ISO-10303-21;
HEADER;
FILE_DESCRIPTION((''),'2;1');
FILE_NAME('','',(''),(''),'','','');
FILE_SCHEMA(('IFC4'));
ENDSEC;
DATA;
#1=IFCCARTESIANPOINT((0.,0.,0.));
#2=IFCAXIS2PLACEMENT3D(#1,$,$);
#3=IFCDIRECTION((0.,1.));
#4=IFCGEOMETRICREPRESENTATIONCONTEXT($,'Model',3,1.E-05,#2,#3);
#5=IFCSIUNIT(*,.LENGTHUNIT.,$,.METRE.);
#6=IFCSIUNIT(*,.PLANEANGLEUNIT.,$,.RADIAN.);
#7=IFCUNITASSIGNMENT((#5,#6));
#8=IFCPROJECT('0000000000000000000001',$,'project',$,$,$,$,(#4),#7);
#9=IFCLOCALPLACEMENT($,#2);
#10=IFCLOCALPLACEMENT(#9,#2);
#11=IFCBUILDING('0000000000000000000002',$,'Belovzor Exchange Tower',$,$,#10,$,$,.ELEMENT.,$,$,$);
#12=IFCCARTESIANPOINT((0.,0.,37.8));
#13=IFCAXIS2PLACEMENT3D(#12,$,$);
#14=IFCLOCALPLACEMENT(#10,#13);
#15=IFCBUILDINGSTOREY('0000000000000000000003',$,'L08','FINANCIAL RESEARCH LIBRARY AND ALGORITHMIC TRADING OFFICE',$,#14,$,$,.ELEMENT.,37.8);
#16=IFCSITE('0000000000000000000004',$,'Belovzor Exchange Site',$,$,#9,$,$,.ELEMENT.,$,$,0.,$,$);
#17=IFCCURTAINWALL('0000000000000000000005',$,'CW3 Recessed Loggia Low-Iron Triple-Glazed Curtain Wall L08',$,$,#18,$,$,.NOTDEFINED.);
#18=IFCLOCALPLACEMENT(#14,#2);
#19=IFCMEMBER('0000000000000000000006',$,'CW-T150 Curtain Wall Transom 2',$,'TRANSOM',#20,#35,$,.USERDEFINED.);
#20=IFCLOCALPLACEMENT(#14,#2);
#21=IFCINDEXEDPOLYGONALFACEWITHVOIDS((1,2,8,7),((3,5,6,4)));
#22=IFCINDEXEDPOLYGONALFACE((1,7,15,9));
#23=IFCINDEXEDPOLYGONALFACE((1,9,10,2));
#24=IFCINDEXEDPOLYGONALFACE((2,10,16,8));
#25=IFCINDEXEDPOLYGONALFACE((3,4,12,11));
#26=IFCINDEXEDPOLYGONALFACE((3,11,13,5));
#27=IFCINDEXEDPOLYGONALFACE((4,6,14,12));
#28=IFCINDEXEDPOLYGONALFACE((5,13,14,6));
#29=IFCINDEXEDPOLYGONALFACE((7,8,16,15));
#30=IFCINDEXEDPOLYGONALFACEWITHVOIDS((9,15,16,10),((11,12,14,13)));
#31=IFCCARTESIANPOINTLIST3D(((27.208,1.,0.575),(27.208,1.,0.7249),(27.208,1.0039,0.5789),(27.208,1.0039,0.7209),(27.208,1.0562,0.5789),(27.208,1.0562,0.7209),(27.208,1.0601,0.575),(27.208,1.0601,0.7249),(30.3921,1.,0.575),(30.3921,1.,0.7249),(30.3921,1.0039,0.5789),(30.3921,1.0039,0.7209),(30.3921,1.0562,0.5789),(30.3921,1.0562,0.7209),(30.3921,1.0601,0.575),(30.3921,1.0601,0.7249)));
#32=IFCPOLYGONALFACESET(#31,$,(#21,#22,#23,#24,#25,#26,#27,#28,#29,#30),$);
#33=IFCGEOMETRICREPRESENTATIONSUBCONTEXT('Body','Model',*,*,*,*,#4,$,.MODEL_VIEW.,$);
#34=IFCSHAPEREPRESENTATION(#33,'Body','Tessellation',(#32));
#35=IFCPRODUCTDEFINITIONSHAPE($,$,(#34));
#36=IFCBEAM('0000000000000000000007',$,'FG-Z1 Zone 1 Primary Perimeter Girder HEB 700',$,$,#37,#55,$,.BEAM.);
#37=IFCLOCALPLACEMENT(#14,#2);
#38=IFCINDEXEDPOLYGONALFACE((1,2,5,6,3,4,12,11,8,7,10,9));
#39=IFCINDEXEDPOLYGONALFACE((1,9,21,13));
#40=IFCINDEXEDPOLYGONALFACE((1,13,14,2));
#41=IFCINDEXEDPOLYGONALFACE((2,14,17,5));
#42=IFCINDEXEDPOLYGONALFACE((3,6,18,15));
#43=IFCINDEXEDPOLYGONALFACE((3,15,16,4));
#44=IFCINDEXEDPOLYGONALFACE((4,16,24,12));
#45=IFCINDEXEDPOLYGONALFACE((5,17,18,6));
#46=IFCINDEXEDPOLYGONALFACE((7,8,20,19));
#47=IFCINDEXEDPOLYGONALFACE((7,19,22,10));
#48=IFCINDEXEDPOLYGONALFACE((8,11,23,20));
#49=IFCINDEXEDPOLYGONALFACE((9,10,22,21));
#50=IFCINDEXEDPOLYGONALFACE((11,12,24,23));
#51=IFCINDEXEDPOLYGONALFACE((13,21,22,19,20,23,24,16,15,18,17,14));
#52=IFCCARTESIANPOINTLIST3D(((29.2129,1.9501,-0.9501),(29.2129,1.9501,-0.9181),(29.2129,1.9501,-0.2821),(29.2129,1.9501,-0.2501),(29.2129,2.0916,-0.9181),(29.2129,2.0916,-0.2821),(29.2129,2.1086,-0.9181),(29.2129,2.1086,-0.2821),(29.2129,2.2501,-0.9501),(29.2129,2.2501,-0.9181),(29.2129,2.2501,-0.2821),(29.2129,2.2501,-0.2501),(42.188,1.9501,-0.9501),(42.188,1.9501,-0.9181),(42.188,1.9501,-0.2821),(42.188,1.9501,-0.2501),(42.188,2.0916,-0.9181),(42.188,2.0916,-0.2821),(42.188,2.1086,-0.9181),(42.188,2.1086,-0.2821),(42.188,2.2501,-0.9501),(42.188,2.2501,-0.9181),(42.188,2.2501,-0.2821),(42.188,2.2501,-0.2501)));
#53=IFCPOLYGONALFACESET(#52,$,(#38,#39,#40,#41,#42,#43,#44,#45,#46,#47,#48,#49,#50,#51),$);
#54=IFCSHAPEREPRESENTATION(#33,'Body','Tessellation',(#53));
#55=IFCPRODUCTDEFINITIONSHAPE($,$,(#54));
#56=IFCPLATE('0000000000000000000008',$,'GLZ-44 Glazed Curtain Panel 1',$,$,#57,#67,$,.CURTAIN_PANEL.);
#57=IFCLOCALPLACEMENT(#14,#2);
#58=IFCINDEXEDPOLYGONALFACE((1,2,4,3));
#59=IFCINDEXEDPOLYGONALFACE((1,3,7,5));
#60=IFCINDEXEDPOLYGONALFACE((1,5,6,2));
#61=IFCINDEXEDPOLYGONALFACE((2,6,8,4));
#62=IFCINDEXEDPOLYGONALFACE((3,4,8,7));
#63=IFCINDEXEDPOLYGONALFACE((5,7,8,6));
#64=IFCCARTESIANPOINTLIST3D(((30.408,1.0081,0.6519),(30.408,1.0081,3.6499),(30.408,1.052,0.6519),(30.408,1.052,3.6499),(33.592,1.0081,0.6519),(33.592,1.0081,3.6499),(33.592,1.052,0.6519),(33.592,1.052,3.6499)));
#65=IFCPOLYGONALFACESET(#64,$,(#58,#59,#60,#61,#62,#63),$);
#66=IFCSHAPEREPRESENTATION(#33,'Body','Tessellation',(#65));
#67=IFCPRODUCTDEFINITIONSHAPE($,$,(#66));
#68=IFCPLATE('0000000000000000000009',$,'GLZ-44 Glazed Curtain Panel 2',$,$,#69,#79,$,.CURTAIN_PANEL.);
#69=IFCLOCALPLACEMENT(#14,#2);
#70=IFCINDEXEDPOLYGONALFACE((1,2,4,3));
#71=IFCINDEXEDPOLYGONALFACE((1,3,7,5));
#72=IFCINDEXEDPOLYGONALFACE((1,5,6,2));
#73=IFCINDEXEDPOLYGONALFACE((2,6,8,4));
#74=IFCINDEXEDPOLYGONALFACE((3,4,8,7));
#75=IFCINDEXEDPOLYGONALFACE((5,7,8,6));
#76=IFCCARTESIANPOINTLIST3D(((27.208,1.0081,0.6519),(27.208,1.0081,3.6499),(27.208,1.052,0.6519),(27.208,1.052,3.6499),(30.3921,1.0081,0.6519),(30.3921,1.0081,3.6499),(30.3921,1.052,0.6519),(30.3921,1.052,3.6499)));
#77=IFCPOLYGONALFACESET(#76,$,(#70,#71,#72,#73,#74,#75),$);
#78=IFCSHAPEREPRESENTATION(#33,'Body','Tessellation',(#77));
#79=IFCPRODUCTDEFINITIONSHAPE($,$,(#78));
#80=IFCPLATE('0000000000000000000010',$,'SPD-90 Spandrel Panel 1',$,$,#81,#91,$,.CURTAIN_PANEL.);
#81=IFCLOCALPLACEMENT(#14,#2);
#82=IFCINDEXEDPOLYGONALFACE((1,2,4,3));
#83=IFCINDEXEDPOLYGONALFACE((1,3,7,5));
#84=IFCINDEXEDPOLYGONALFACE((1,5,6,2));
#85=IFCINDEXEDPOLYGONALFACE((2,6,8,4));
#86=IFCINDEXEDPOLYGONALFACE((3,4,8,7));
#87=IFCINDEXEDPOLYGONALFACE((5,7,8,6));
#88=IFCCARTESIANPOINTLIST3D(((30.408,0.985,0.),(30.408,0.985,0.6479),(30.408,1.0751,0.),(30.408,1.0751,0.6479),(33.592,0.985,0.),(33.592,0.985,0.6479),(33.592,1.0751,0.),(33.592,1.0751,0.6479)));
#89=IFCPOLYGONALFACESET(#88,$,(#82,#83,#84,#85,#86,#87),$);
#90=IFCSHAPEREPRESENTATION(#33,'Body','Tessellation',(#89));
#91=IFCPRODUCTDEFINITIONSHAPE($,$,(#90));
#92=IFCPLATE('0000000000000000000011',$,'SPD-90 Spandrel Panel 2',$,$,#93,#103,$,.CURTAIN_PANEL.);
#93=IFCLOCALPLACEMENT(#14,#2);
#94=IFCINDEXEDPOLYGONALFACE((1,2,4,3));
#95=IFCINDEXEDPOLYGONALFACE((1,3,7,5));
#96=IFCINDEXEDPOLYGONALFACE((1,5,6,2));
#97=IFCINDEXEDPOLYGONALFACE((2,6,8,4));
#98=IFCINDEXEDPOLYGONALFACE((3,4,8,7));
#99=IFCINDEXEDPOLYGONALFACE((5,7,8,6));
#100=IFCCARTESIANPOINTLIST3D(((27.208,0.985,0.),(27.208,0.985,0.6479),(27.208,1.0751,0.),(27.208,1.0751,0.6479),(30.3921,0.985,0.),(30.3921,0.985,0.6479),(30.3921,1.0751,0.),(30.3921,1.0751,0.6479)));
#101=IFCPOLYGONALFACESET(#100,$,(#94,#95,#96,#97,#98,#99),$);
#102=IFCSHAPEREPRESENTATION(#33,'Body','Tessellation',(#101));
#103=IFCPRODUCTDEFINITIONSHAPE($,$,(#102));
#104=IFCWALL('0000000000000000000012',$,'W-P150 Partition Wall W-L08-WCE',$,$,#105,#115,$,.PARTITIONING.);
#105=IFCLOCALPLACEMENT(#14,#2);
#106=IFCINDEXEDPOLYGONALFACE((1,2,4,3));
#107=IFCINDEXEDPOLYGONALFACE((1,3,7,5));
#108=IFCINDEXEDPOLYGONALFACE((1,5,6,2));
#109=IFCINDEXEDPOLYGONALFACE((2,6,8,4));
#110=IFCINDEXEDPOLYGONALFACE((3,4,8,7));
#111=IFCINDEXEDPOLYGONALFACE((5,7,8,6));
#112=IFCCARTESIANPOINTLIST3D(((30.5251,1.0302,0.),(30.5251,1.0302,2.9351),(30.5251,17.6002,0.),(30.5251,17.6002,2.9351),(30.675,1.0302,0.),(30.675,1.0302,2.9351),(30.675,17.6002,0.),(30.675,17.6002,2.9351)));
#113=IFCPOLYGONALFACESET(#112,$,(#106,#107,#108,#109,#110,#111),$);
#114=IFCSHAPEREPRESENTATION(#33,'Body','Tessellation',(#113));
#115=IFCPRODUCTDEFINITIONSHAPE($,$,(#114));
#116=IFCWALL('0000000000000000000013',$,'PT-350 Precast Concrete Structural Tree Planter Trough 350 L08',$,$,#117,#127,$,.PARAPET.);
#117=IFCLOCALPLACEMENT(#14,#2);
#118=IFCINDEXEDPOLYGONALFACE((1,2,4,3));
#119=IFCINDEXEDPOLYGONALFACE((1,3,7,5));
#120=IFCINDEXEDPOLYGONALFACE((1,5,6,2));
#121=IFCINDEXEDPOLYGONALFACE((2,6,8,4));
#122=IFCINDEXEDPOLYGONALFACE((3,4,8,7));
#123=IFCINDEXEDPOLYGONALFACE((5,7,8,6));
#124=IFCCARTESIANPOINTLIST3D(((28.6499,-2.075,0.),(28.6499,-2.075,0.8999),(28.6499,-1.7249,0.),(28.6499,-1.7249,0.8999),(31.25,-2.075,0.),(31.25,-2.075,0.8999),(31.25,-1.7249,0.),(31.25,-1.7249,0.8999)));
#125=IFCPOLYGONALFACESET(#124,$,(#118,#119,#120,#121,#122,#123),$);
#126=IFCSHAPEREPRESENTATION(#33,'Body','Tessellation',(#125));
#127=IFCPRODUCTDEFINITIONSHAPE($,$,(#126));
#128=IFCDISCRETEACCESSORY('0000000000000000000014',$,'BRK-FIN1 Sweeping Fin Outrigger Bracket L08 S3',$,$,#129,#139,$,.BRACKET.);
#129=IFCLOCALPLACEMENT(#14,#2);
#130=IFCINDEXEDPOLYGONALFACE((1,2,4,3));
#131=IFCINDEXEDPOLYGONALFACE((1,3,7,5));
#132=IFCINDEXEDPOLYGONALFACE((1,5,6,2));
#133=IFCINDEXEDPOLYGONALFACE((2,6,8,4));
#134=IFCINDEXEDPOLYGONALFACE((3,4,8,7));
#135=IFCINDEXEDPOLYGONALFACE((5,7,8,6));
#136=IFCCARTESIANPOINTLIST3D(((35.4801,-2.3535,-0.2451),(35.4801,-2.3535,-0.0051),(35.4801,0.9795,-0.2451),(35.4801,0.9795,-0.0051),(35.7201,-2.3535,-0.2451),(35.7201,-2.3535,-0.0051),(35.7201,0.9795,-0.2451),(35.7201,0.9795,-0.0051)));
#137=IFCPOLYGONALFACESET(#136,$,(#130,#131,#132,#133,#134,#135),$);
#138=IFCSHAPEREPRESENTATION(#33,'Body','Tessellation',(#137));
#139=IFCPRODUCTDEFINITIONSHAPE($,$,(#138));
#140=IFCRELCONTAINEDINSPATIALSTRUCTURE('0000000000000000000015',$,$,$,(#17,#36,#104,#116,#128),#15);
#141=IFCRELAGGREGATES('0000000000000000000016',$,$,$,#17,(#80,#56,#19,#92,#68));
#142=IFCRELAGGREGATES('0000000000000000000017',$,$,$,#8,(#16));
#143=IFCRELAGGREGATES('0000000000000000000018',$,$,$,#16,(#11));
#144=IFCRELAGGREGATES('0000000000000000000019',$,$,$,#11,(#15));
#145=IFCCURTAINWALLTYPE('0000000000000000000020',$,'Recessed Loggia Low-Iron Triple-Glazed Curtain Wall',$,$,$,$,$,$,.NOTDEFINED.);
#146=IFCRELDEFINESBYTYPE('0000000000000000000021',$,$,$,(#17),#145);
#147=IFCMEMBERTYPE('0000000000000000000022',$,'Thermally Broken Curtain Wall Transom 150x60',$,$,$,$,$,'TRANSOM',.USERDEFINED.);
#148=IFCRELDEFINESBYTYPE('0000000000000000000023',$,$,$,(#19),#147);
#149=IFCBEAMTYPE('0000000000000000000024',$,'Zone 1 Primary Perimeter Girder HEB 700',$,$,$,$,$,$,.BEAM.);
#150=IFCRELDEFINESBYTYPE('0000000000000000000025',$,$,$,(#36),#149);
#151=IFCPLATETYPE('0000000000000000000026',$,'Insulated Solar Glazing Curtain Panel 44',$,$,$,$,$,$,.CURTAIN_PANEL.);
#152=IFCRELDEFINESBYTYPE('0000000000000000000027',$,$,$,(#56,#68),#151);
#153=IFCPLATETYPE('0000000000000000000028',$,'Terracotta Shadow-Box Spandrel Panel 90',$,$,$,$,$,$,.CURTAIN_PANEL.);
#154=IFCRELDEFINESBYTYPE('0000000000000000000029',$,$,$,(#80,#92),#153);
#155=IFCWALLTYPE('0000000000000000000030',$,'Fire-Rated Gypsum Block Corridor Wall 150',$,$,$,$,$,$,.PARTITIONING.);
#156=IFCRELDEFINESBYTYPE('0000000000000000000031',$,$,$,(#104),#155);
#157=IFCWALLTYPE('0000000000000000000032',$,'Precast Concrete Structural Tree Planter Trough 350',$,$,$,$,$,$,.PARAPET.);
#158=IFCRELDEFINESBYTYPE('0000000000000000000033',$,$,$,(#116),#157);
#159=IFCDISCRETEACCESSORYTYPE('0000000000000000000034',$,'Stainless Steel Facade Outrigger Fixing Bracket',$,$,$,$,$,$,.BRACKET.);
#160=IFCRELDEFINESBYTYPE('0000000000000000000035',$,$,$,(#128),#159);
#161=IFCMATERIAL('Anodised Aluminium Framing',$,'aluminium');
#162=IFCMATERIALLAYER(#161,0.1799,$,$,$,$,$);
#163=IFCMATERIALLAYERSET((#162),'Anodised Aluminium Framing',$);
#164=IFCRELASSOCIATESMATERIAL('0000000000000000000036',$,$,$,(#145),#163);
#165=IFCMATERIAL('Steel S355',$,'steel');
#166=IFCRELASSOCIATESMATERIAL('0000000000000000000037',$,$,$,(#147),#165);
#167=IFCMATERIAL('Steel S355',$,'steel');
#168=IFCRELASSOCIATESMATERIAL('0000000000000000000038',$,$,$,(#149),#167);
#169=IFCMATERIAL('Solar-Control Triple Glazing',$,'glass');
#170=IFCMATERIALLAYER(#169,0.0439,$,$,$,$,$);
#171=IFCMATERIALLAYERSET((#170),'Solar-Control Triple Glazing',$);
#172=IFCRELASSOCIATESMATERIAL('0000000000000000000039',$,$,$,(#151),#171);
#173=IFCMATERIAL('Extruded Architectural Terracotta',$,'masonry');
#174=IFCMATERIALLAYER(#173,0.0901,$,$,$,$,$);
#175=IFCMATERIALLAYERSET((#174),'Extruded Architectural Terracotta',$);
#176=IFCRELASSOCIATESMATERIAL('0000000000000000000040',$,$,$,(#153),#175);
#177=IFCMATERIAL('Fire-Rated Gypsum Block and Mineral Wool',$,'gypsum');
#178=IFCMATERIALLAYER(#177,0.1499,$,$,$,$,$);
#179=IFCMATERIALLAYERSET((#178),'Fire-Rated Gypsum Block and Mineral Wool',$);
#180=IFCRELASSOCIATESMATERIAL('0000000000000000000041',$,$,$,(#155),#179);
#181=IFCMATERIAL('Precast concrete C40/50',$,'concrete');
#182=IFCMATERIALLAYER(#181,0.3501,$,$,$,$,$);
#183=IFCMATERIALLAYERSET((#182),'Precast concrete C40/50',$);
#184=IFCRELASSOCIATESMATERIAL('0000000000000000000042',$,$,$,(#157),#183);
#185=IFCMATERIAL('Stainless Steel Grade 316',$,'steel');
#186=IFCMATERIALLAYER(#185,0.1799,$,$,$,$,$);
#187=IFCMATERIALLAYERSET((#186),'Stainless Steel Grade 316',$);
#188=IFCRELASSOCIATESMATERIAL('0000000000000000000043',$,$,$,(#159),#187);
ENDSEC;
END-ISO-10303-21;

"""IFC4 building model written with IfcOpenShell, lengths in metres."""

from ifc_helpers import new_model, si_unit, direction, frame, frame_2d, origin, origin_2d, place, context, subcontext, project, spatial, rectangle, hollow_rectangle, i_section, extrude, material, layer, layer_set, material_profile, profile_set, type_object, element, aggregate, save


model = new_model("IFC4")

# Units and contexts
model_context = context("Model", 3, precision=1e-05, world=origin(), true_north=direction((0.0, 1.0)))
body_context = subcontext(model_context, "Body", "Model", "MODEL_VIEW")
ifc_project = project(units=[si_unit("LENGTHUNIT", "METRE"), si_unit("PLANEANGLEUNIT", "RADIAN")], contexts=[model_context])

# Site, building, storey
site_placement = place(None, origin())
site = spatial("IfcSite", under=ifc_project, at=site_placement, Name="Belovzor Exchange Site", CompositionType="ELEMENT", RefElevation=0.0)
building_placement = place(site_placement, origin())
building = spatial("IfcBuilding", under=site, at=building_placement, Name="Belovzor Exchange Tower", CompositionType="ELEMENT")
storey_placement = place(building_placement, frame((0.0, 0.0, 37.8)))
storey = spatial("IfcBuildingStorey", under=building, at=storey_placement, Name="L08", Description="FINANCIAL RESEARCH LIBRARY AND ALGORITHMIC TRADING OFFICE", CompositionType="ELEMENT", Elevation=37.8)

# Curtain wall, member
ifc_material_1 = material(Name="Anodised Aluminium Framing", Category="aluminium")
ifc_layer_1 = layer(ifc_material_1, 0.1799)
ifc_layer_set_1 = layer_set([ifc_layer_1], Name="Anodised Aluminium Framing")
curtain_wall_type = type_object("IfcCurtainWallType", Name="Recessed Loggia Low-Iron Triple-Glazed Curtain Wall", PredefinedType="NOTDEFINED", material=ifc_layer_set_1)
curtain_wall_placement = place(storey_placement, origin())
curtain_wall = element("IfcCurtainWall", 1, at=curtain_wall_placement, inside=storey, type_object=curtain_wall_type, Name="CW3 Recessed Loggia Low-Iron Triple-Glazed Curtain Wall L08", PredefinedType="NOTDEFINED")
ifc_material_2 = material(Name="Steel S355", Category="steel")
ifc_material_profile_1 = material_profile(ifc_material_2, hollow_rectangle(XDim=0.0601, YDim=0.1499, WallThickness=0.0039, at=origin_2d()))
ifc_profile_set_1 = profile_set([ifc_material_profile_1], Name="Steel S355")
member_type_1 = type_object("IfcMemberType", Name="Thermally Broken Curtain Wall Transom 150x60", ElementType="TRANSOM", PredefinedType="USERDEFINED", material=ifc_profile_set_1)
member_1_placement = place(storey_placement, frame((30.3921, 1.03, 0.6499), z_axis=(-1.0, 0.0, 0.0), x_axis=(0.0, -1.0, 0.0)))
member_1 = element("IfcMember", 2, at=member_1_placement, type_object=member_type_1, Name="CW-T150 Curtain Wall Transom 2", ObjectType="TRANSOM", PredefinedType="USERDEFINED", context=body_context, shape_type="SweptSolid", body=[
    extrude(hollow_rectangle(XDim=0.0601, YDim=0.1499, WallThickness=0.0039, at=origin_2d()), origin(), (0.0, 0.0, 1.0), 3.1841),
])

# Beam
ifc_material_3 = material(Name="Steel S355", Category="steel")
ifc_material_profile_2 = material_profile(ifc_material_3, i_section(OverallWidth=0.3, OverallDepth=0.7, WebThickness=0.0171, FlangeThickness=0.032, at=origin_2d()))
ifc_profile_set_2 = profile_set([ifc_material_profile_2], Name="Steel S355")
beam_type_1 = type_object("IfcBeamType", Name="Zone 1 Primary Perimeter Girder HEB 700", PredefinedType="BEAM", material=ifc_profile_set_2)
beam_1_placement = place(storey_placement, frame((29.2129, 2.1001, -0.6001), z_axis=(1.0, 0.0, 0.0), x_axis=(0.0, 1.0, 0.0)))
element("IfcBeam", 3, at=beam_1_placement, inside=storey, type_object=beam_type_1, Name="FG-Z1 Zone 1 Primary Perimeter Girder HEB 700", PredefinedType="BEAM", context=body_context, shape_type="SweptSolid", body=[
    extrude(i_section(OverallWidth=0.3, OverallDepth=0.7, WebThickness=0.0171, FlangeThickness=0.032, at=origin_2d()), origin(), (0.0, 0.0, 1.0), 12.9751),
])

# Plates
ifc_material_4 = material(Name="Solar-Control Triple Glazing", Category="glass")
ifc_layer_2 = layer(ifc_material_4, 0.0439)
ifc_layer_set_2 = layer_set([ifc_layer_2], Name="Solar-Control Triple Glazing")
plate_type_1 = type_object("IfcPlateType", Name="Insulated Solar Glazing Curtain Panel 44", PredefinedType="CURTAIN_PANEL", material=ifc_layer_set_2)
plate_1_placement = place(storey_placement, frame((32.0, 1.03, 0.6519), z_axis=(0.0, 0.0, 1.0), x_axis=(-1.0, 0.0, 0.0)))
plate_1 = element("IfcPlate", 4, at=plate_1_placement, type_object=plate_type_1, Name="GLZ-44 Glazed Curtain Panel 1", PredefinedType="CURTAIN_PANEL", context=body_context, shape_type="SweptSolid", body=[
    extrude(rectangle(XDim=3.1841, YDim=0.0439, at=origin_2d()), origin(), (0.0, 0.0, 1.0), 2.998),
])
plate_2_placement = place(storey_placement, frame((28.8, 1.03, 0.6519), z_axis=(0.0, 0.0, 1.0), x_axis=(-1.0, 0.0, 0.0)))
plate_2 = element("IfcPlate", 5, at=plate_2_placement, type_object=plate_type_1, Name="GLZ-44 Glazed Curtain Panel 2", PredefinedType="CURTAIN_PANEL", context=body_context, shape_type="SweptSolid", body=[
    extrude(rectangle(XDim=3.1841, YDim=0.0439, at=origin_2d()), origin(), (0.0, 0.0, 1.0), 2.998),
])
ifc_material_5 = material(Name="Extruded Architectural Terracotta", Category="masonry")
ifc_layer_3 = layer(ifc_material_5, 0.0901)
ifc_layer_set_3 = layer_set([ifc_layer_3], Name="Extruded Architectural Terracotta")
plate_type_2 = type_object("IfcPlateType", Name="Terracotta Shadow-Box Spandrel Panel 90", PredefinedType="CURTAIN_PANEL", material=ifc_layer_set_3)
plate_3_placement = place(storey_placement, frame((32.0, 1.03, 0.0), z_axis=(0.0, 0.0, 1.0), x_axis=(-1.0, 0.0, 0.0)))
plate_3 = element("IfcPlate", 6, at=plate_3_placement, type_object=plate_type_2, Name="SPD-90 Spandrel Panel 1", PredefinedType="CURTAIN_PANEL", context=body_context, shape_type="SweptSolid", body=[
    extrude(rectangle(XDim=3.1841, YDim=0.0901, at=origin_2d()), origin(), (0.0, 0.0, 1.0), 0.6479),
])
plate_4_placement = place(storey_placement, frame((28.8, 1.03, 0.0), z_axis=(0.0, 0.0, 1.0), x_axis=(-1.0, 0.0, 0.0)))
plate_4 = element("IfcPlate", 7, at=plate_4_placement, type_object=plate_type_2, Name="SPD-90 Spandrel Panel 2", PredefinedType="CURTAIN_PANEL", context=body_context, shape_type="SweptSolid", body=[
    extrude(rectangle(XDim=3.1841, YDim=0.0901, at=origin_2d()), origin(), (0.0, 0.0, 1.0), 0.6479),
])
aggregate(curtain_wall, [plate_3, plate_1, member_1, plate_4, plate_2])

# Walls
ifc_material_6 = material(Name="Fire-Rated Gypsum Block and Mineral Wool", Category="gypsum")
ifc_layer_4 = layer(ifc_material_6, 0.1499)
ifc_layer_set_4 = layer_set([ifc_layer_4], Name="Fire-Rated Gypsum Block and Mineral Wool")
wall_type_1 = type_object("IfcWallType", Name="Fire-Rated Gypsum Block Corridor Wall 150", PredefinedType="PARTITIONING", material=ifc_layer_set_4)
wall_1_placement = place(storey_placement, frame((30.6001, 1.03, 0.0), z_axis=(0.0, 0.0, 1.0), x_axis=(0.0, 1.0, 0.0)))
element("IfcWall", 8, at=wall_1_placement, inside=storey, type_object=wall_type_1, Name="W-P150 Partition Wall W-L08-WCE", PredefinedType="PARTITIONING", context=body_context, shape_type="SweptSolid", body=[
    extrude(rectangle(XDim=16.5701, YDim=0.1499, at=frame_2d((8.2852, 0.0))), origin(), (0.0, 0.0, 1.0), 2.9351),
])
ifc_material_7 = material(Name="Precast concrete C40/50", Category="concrete")
ifc_layer_5 = layer(ifc_material_7, 0.3501)
ifc_layer_set_5 = layer_set([ifc_layer_5], Name="Precast concrete C40/50")
wall_type_2 = type_object("IfcWallType", Name="Precast Concrete Structural Tree Planter Trough 350", PredefinedType="PARAPET", material=ifc_layer_set_5)
wall_2_placement = place(storey_placement, frame((28.6499, -1.8999, 0.0), z_axis=(0.0, 0.0, 1.0), x_axis=(1.0, 0.0, 0.0)))
element("IfcWall", 9, at=wall_2_placement, inside=storey, type_object=wall_type_2, Name="PT-350 Precast Concrete Structural Tree Planter Trough 350 L08", PredefinedType="PARAPET", context=body_context, shape_type="SweptSolid", body=[
    extrude(rectangle(XDim=2.6001, YDim=0.3501, at=frame_2d((1.3, 0.0))), origin(), (0.0, 0.0, 1.0), 0.8999),
])

# Discrete accessory
ifc_material_8 = material(Name="Stainless Steel Grade 316", Category="steel")
ifc_layer_6 = layer(ifc_material_8, 0.1799)
ifc_layer_set_6 = layer_set([ifc_layer_6], Name="Stainless Steel Grade 316")
discrete_accessory_type = type_object("IfcDiscreteAccessoryType", Name="Stainless Steel Facade Outrigger Fixing Bracket", PredefinedType="BRACKET", material=ifc_layer_set_6)
discrete_accessory_placement = place(storey_placement, frame((35.6001, -0.687, -0.2451), z_axis=(0.0, 0.0, 1.0), x_axis=(0.0, 1.0, 0.0)))
element("IfcDiscreteAccessory", 10, at=discrete_accessory_placement, inside=storey, type_object=discrete_accessory_type, Name="BRK-FIN1 Sweeping Fin Outrigger Bracket L08 S3", PredefinedType="BRACKET", context=body_context, shape_type="SweptSolid", body=[
    extrude(rectangle(XDim=3.333, YDim=0.24, at=origin_2d()), origin(), (0.0, 0.0, 1.0), 0.24),
])

save(model, "model.ifc")
